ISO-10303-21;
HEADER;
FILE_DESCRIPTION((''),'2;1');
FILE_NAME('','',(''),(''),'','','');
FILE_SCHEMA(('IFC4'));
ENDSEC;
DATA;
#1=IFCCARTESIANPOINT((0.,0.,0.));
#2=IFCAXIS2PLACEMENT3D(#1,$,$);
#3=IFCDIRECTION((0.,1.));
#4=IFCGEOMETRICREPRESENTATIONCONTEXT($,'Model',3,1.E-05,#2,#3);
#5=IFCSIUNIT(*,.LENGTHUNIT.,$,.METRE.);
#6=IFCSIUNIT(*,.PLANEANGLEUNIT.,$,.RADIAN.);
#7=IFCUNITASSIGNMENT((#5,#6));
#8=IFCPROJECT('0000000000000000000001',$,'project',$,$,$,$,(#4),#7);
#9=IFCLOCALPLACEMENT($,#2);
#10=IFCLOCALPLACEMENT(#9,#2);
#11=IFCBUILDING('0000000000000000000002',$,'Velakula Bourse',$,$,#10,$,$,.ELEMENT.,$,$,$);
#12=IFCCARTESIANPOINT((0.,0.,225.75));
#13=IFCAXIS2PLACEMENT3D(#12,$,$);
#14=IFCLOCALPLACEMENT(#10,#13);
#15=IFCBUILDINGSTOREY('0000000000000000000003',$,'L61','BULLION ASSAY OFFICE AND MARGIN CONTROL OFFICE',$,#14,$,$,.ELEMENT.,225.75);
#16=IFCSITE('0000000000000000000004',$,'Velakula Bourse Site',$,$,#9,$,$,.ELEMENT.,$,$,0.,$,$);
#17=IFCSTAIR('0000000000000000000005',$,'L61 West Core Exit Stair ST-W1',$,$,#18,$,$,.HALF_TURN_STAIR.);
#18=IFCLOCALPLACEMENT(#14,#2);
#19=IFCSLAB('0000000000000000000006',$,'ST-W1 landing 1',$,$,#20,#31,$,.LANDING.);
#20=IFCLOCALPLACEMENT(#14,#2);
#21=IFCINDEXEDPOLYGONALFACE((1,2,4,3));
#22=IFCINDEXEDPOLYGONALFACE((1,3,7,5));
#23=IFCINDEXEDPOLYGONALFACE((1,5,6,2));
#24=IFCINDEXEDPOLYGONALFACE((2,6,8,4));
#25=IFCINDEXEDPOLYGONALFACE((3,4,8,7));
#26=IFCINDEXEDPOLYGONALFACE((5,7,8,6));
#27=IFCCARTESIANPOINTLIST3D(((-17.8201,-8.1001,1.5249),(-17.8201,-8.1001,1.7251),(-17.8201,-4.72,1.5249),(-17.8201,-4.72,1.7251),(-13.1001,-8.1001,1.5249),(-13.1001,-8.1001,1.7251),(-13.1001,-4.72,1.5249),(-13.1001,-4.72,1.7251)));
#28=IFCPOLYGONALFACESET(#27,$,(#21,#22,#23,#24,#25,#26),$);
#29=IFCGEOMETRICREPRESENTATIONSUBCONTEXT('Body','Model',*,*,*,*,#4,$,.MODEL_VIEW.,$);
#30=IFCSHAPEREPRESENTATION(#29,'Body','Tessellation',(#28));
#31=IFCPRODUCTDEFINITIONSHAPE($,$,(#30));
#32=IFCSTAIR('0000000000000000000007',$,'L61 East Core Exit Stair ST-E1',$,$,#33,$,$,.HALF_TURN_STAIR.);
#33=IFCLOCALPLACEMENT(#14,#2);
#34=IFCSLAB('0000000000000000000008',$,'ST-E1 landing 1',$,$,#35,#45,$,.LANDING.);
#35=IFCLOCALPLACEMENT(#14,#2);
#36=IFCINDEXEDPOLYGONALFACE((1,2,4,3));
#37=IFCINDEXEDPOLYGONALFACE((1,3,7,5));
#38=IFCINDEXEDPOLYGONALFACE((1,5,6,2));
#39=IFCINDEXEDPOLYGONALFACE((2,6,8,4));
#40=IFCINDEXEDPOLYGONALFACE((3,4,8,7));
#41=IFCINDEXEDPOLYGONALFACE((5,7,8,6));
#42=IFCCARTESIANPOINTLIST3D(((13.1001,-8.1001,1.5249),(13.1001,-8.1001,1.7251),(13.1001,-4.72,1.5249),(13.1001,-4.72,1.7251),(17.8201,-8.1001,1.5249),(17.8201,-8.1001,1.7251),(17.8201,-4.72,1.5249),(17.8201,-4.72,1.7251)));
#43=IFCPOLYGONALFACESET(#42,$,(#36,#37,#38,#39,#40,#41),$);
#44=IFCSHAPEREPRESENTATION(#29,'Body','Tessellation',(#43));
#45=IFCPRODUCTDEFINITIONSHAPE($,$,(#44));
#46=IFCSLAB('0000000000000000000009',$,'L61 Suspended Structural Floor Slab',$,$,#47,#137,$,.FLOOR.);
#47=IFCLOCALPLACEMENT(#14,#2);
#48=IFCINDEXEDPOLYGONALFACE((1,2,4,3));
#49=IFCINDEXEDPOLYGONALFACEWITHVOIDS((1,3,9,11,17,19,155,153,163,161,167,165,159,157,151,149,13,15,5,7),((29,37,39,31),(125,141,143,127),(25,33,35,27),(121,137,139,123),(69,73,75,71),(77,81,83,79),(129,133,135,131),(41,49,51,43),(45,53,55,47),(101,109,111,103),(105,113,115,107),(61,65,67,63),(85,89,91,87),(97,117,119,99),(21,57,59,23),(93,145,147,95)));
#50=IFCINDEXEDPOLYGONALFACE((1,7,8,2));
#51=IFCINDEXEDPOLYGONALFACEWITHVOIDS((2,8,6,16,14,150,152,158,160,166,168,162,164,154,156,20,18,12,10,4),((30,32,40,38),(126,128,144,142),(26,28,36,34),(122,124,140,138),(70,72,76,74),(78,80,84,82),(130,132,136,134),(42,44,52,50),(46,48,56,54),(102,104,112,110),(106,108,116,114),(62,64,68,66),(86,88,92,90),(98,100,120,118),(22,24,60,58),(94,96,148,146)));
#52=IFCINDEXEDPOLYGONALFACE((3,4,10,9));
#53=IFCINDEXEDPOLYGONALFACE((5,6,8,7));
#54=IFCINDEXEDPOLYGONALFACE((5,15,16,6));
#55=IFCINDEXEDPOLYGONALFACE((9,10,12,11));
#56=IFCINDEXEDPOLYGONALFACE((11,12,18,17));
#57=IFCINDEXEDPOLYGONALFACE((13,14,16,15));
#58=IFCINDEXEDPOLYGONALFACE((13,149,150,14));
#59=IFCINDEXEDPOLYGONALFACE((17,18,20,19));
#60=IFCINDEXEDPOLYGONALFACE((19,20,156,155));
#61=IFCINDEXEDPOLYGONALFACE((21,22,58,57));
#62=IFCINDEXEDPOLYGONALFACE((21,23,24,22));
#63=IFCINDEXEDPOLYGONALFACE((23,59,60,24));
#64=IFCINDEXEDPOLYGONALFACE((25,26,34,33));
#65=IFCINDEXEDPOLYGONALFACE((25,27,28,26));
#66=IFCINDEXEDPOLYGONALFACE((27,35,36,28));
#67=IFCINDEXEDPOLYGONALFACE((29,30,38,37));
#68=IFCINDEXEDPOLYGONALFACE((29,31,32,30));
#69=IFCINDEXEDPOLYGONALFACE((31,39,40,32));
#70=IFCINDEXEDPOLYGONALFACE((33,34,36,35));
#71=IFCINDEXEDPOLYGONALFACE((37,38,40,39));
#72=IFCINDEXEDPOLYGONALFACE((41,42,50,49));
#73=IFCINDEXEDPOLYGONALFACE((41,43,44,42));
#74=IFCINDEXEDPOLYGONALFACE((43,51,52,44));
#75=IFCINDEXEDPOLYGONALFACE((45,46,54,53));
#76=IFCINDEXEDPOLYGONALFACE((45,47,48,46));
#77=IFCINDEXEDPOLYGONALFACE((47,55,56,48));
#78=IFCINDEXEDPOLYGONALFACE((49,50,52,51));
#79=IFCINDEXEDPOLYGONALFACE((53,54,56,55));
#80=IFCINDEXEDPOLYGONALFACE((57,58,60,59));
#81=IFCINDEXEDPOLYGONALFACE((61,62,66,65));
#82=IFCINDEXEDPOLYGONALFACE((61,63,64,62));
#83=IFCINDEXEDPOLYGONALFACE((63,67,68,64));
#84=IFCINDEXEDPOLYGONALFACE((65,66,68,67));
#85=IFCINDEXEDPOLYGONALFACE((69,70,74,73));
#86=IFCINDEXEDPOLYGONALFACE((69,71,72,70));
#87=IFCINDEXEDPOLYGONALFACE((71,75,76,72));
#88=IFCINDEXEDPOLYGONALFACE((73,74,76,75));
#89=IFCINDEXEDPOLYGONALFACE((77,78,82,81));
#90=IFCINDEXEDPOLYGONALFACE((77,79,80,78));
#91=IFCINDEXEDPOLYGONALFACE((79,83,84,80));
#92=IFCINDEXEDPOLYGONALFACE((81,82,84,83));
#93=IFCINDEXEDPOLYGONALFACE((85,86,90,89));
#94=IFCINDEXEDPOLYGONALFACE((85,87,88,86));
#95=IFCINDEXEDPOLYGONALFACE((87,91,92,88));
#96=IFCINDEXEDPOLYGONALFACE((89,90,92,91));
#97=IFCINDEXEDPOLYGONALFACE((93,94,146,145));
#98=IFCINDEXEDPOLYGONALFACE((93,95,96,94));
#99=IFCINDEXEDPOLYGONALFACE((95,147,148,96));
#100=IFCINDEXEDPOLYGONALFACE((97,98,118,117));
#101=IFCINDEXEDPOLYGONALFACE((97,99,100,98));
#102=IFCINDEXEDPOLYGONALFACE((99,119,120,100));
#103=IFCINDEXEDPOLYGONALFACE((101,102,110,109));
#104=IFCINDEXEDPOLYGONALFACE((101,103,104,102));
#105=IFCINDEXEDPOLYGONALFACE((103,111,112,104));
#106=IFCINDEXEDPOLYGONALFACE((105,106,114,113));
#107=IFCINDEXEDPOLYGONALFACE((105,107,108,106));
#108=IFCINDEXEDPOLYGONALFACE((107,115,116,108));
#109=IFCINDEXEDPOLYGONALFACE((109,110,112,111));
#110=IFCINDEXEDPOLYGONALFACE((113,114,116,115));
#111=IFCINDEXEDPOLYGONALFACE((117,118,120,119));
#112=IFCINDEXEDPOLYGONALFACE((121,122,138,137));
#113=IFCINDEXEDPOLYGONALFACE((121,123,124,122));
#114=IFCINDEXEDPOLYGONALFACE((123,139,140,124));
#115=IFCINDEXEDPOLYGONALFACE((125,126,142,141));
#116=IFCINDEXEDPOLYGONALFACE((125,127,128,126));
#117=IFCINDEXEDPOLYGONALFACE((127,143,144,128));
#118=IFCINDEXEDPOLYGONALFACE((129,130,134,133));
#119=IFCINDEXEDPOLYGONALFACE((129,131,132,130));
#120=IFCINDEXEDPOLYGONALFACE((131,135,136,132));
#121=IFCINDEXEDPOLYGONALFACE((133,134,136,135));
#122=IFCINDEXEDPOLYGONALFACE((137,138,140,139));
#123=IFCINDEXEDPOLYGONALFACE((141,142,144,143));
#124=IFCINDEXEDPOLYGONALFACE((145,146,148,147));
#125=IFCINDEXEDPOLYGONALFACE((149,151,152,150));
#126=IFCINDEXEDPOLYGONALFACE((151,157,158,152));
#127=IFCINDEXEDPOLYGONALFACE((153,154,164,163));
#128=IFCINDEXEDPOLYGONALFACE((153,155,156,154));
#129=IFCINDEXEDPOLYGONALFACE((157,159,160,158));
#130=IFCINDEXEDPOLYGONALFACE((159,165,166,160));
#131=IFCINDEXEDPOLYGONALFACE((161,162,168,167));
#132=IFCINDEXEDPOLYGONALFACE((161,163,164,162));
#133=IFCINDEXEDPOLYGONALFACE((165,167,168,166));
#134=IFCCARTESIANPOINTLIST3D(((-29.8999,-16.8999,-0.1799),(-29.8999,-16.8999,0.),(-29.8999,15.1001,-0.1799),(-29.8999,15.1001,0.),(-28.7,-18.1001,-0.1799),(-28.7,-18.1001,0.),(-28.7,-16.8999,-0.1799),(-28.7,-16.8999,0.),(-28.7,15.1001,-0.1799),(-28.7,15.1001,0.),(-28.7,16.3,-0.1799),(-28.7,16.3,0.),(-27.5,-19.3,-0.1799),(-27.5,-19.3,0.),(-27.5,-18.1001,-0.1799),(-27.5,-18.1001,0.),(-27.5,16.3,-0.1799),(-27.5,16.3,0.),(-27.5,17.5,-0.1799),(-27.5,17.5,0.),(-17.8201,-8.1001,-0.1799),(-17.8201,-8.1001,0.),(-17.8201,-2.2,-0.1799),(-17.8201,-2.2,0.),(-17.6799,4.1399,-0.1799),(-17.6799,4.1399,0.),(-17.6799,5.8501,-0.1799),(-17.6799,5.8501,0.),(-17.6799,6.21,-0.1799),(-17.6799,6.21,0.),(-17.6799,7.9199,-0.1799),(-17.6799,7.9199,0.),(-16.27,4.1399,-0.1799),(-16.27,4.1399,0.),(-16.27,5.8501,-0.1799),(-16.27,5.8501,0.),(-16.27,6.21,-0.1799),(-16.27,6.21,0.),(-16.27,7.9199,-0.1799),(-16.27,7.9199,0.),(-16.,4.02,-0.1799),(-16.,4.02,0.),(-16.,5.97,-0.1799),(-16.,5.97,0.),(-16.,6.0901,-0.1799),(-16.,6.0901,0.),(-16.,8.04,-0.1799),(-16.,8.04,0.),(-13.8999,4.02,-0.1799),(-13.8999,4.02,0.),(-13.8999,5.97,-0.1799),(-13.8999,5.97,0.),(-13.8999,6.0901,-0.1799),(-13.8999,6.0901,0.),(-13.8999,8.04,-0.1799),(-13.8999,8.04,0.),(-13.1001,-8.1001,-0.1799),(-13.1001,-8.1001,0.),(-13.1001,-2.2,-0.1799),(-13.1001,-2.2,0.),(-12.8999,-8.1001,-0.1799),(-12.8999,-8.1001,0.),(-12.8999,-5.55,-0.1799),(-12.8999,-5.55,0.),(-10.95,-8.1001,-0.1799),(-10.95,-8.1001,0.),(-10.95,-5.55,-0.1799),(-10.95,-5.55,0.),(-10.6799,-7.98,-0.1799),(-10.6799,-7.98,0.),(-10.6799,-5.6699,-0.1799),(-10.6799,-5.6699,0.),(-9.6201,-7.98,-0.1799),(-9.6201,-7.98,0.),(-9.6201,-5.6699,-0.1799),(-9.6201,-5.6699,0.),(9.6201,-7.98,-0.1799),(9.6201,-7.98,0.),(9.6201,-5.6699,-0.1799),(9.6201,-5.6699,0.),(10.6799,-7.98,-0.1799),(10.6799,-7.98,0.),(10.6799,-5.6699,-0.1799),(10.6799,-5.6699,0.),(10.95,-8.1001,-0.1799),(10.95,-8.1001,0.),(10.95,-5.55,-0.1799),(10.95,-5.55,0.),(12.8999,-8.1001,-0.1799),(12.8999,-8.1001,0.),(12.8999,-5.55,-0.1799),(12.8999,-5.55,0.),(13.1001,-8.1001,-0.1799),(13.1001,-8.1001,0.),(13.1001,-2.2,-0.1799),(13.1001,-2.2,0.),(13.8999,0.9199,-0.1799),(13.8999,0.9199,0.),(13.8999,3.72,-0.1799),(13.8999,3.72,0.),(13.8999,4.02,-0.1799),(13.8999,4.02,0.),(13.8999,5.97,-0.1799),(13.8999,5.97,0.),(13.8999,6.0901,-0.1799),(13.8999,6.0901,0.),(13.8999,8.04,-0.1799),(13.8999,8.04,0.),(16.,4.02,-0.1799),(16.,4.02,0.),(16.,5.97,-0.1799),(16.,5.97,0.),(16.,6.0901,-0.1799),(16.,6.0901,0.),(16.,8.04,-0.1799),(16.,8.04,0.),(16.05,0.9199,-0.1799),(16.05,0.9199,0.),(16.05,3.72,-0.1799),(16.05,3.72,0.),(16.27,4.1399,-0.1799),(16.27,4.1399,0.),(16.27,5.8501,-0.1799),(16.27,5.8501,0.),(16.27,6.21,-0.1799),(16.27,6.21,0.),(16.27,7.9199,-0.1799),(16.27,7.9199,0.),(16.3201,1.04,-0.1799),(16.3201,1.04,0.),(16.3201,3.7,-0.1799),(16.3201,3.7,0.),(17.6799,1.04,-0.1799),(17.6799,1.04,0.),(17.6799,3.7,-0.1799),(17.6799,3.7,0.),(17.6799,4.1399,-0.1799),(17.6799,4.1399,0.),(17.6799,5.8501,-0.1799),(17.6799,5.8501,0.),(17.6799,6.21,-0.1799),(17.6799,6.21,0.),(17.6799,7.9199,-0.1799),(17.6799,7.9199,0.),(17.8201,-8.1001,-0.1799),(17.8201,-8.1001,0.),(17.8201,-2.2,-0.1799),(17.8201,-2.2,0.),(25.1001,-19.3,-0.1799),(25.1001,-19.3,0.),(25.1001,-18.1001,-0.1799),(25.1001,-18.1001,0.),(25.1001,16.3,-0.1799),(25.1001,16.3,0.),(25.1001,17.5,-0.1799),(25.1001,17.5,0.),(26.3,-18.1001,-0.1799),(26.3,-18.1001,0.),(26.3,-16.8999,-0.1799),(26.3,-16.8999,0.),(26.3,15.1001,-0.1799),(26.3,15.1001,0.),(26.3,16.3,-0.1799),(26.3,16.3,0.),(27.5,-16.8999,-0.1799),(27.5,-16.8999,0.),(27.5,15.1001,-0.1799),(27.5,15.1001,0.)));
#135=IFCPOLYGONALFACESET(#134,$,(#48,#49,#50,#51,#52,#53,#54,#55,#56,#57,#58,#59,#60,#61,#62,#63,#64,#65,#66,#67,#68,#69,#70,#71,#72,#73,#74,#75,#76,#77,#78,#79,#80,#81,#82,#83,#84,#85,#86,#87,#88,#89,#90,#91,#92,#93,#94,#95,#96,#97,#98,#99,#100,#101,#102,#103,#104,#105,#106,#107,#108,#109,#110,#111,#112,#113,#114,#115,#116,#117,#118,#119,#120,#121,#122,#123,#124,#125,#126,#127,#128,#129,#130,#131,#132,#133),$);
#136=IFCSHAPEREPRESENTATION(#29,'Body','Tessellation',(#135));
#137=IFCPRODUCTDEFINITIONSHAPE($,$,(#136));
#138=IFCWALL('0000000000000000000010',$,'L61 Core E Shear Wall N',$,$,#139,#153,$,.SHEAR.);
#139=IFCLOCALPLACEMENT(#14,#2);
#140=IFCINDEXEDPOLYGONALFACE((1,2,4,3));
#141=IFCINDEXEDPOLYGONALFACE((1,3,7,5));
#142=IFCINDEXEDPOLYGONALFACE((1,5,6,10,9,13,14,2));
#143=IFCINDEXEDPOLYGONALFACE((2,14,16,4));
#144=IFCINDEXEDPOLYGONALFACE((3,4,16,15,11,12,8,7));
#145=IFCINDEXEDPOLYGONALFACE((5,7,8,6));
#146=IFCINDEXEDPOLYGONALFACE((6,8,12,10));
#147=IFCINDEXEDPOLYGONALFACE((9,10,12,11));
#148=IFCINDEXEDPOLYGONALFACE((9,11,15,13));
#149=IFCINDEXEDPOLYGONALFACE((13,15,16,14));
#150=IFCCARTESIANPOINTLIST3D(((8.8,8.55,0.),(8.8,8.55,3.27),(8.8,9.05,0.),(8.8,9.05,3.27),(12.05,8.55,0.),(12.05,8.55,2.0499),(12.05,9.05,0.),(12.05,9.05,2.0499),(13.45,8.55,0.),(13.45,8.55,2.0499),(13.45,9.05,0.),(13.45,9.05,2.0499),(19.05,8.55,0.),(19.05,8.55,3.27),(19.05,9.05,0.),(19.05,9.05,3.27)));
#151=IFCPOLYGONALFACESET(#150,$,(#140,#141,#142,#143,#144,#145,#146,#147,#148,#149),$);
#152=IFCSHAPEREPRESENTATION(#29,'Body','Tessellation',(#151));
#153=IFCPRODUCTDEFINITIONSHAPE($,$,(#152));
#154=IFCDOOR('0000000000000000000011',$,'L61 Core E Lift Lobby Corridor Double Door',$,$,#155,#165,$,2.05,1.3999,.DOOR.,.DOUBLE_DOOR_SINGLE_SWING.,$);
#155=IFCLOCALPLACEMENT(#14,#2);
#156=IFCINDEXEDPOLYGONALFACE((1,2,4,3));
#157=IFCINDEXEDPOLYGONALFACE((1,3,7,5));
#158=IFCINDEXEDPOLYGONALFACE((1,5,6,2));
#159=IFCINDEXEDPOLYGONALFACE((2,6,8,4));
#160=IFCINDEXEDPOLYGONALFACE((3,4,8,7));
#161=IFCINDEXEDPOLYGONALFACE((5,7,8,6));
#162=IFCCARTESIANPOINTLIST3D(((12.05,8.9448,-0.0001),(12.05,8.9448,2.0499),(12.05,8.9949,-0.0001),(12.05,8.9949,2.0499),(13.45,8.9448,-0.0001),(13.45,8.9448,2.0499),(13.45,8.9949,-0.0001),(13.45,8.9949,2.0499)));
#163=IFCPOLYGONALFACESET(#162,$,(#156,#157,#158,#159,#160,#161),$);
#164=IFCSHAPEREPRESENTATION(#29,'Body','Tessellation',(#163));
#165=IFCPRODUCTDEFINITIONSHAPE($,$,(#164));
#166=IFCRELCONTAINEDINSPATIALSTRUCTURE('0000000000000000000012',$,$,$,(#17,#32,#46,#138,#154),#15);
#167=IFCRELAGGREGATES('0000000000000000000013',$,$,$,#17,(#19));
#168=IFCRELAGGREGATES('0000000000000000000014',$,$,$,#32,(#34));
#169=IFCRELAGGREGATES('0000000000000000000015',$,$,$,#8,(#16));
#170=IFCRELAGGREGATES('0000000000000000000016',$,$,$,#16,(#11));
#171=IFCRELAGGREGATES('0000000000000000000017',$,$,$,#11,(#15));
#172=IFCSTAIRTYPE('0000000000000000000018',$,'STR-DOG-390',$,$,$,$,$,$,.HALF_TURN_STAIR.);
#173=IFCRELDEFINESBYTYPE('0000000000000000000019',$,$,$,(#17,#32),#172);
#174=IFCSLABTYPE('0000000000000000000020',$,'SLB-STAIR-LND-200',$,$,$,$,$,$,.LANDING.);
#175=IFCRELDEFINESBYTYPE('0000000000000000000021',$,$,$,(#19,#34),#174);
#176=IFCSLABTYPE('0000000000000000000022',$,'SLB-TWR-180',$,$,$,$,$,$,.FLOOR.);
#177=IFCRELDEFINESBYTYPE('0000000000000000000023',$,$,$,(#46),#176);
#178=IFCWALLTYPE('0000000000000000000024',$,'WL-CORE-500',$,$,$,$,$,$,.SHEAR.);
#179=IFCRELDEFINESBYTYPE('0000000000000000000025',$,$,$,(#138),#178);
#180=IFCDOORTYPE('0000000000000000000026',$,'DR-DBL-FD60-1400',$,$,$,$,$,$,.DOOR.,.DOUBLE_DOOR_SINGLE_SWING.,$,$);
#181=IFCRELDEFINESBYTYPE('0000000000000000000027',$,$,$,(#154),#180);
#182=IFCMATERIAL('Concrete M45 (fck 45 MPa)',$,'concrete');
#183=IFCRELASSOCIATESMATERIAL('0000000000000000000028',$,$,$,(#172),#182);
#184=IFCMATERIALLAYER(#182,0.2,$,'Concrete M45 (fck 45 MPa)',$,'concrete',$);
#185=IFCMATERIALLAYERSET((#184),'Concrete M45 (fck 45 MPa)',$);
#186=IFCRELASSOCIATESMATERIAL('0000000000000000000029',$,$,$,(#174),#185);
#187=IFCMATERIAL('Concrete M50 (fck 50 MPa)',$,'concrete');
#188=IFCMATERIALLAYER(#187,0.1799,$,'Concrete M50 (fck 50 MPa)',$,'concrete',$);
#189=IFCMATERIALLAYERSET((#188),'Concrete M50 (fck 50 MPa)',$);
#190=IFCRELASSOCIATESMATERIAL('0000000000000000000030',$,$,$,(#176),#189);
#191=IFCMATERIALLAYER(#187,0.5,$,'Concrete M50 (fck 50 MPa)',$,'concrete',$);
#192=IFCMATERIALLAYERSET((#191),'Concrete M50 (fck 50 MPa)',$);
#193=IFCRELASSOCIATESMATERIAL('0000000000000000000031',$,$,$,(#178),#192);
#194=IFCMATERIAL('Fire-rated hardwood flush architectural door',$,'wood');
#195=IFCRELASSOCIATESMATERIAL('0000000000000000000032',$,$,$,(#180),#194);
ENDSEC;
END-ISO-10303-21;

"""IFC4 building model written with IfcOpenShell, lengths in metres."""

from ifc_helpers import new_model, si_unit, direction, frame, frame_2d, origin, place, context, subcontext, project, spatial, polyline, rectangle, outline, extrude, material, layer, layer_set, type_object, element, fill, aggregate, save


model = new_model("IFC4")

# Units and contexts
model_context = context("Model", 3, precision=1e-05, world=origin(), true_north=direction((0.0, 1.0)))
body_context = subcontext(model_context, "Body", "Model", "MODEL_VIEW")
ifc_project = project(units=[si_unit("LENGTHUNIT", "METRE"), si_unit("PLANEANGLEUNIT", "RADIAN")], contexts=[model_context])

# Site, building, storey
site_placement = place(None, origin())
site = spatial("IfcSite", under=ifc_project, at=site_placement, Name="Velakula Bourse Site", CompositionType="ELEMENT", RefElevation=0.0)
building_placement = place(site_placement, origin())
building = spatial("IfcBuilding", under=site, at=building_placement, Name="Velakula Bourse", CompositionType="ELEMENT")
storey_placement = place(building_placement, frame((0.0, 0.0, 225.75)))
storey = spatial("IfcBuildingStorey", under=building, at=storey_placement, Name="L61", Description="BULLION ASSAY OFFICE AND MARGIN CONTROL OFFICE", CompositionType="ELEMENT", Elevation=225.75)

# Shared definitions
ifc_material_1 = material(Name="Concrete M50 (fck 50 MPa)", Category="concrete")

# Stairs, slabs
ifc_material_2 = material(Name="Concrete M45 (fck 45 MPa)", Category="concrete")
stair_type = type_object("IfcStairType", Name="STR-DOG-390", PredefinedType="HALF_TURN_STAIR", material=ifc_material_2)
stair_1_placement = place(storey_placement, origin())
stair_1 = element("IfcStair", 1, at=stair_1_placement, inside=storey, type_object=stair_type, Name="L61 West Core Exit Stair ST-W1", PredefinedType="HALF_TURN_STAIR")
ifc_layer_1 = layer(ifc_material_2, 0.2, Name="Concrete M45 (fck 45 MPa)", Category="concrete")
ifc_layer_set_1 = layer_set([ifc_layer_1], Name="Concrete M45 (fck 45 MPa)")
slab_type_1 = type_object("IfcSlabType", Name="SLB-STAIR-LND-200", PredefinedType="LANDING", material=ifc_layer_set_1)
slab_1_placement = place(storey_placement, frame((0.0, 0.0, 1.5249)))
slab_1 = element("IfcSlab", 2, at=slab_1_placement, type_object=slab_type_1, Name="ST-W1 landing 1", PredefinedType="LANDING", context=body_context, shape_type="SweptSolid", body=[
    extrude(outline(polyline([(-17.8201, -4.72), (-17.8201, -8.1001), (-13.1001, -8.1001), (-13.1001, -4.72), (-17.8201, -4.72)])), origin(), (0.0, 0.0, 1.0), 0.2002),
])
aggregate(stair_1, [slab_1])
stair_2_placement = place(storey_placement, origin())
stair_2 = element("IfcStair", 3, at=stair_2_placement, inside=storey, type_object=stair_type, Name="L61 East Core Exit Stair ST-E1", PredefinedType="HALF_TURN_STAIR")
slab_2_placement = place(storey_placement, frame((0.0, 0.0, 1.5249)))
slab_2 = element("IfcSlab", 4, at=slab_2_placement, type_object=slab_type_1, Name="ST-E1 landing 1", PredefinedType="LANDING", context=body_context, shape_type="SweptSolid", body=[
    extrude(outline(polyline([(13.1001, -4.72), (13.1001, -8.1001), (17.8201, -8.1001), (17.8201, -4.72), (13.1001, -4.72)])), origin(), (0.0, 0.0, 1.0), 0.2002),
])
aggregate(stair_2, [slab_2])

# Slab
ifc_layer_2 = layer(ifc_material_1, 0.1799, Name="Concrete M50 (fck 50 MPa)", Category="concrete")
ifc_layer_set_2 = layer_set([ifc_layer_2], Name="Concrete M50 (fck 50 MPa)")
slab_type_2 = type_object("IfcSlabType", Name="SLB-TWR-180", PredefinedType="FLOOR", material=ifc_layer_set_2)
slab_3_placement = place(storey_placement, frame((0.0, 0.0, -0.1799)))
element("IfcSlab", 5, at=slab_3_placement, inside=storey, type_object=slab_type_2, Name="L61 Suspended Structural Floor Slab", PredefinedType="FLOOR", context=body_context, shape_type="SweptSolid", body=[
    extrude(outline(polyline([(-27.5, -19.3), (25.1001, -19.3), (25.1001, -18.1001), (26.3, -18.1001), (26.3, -16.8999), (27.5, -16.8999), (27.5, 15.1001), (26.3, 15.1001), (26.3, 16.3), (25.1001, 16.3), (25.1001, 17.5), (-27.5, 17.5), (-27.5, 16.3), (-28.7, 16.3), (-28.7, 15.1001), (-29.8999, 15.1001), (-29.8999, -16.8999), (-28.7, -16.8999), (-28.7, -18.1001), (-27.5, -18.1001), (-27.5, -19.3)]), holes=[polyline([(-17.8201, -8.1001), (-13.1001, -8.1001), (-13.1001, -2.2), (-17.8201, -2.2), (-17.8201, -8.1001)]), polyline([(13.1001, -8.1001), (17.8201, -8.1001), (17.8201, -2.2), (13.1001, -2.2), (13.1001, -8.1001)]), polyline([(-12.8999, -8.1001), (-10.95, -8.1001), (-10.95, -5.55), (-12.8999, -5.55), (-12.8999, -8.1001)]), polyline([(10.95, -8.1001), (12.8999, -8.1001), (12.8999, -5.55), (10.95, -5.55), (10.95, -8.1001)]), polyline([(13.8999, 0.9199), (16.05, 0.9199), (16.05, 3.72), (13.8999, 3.72), (13.8999, 0.9199)]), polyline([(-10.6799, -7.98), (-9.6201, -7.98), (-9.6201, -5.6699), (-10.6799, -5.6699), (-10.6799, -7.98)]), polyline([(-17.6799, 4.1399), (-16.27, 4.1399), (-16.27, 5.8501), (-17.6799, 5.8501), (-17.6799, 4.1399)]), polyline([(-17.6799, 6.21), (-16.27, 6.21), (-16.27, 7.9199), (-17.6799, 7.9199), (-17.6799, 6.21)]), polyline([(9.6201, -7.98), (10.6799, -7.98), (10.6799, -5.6699), (9.6201, -5.6699), (9.6201, -7.98)]), polyline([(16.27, 4.1399), (17.6799, 4.1399), (17.6799, 5.8501), (16.27, 5.8501), (16.27, 4.1399)]), polyline([(16.27, 6.21), (17.6799, 6.21), (17.6799, 7.9199), (16.27, 7.9199), (16.27, 6.21)]), polyline([(16.3201, 1.04), (17.6799, 1.04), (17.6799, 3.7), (16.3201, 3.7), (16.3201, 1.04)]), polyline([(-16.0, 4.02), (-13.8999, 4.02), (-13.8999, 5.97), (-16.0, 5.97), (-16.0, 4.02)]), polyline([(-16.0, 6.0901), (-13.8999, 6.0901), (-13.8999, 8.04), (-16.0, 8.04), (-16.0, 6.0901)]), polyline([(13.8999, 4.02), (16.0, 4.02), (16.0, 5.97), (13.8999, 5.97), (13.8999, 4.02)]), polyline([(13.8999, 6.0901), (16.0, 6.0901), (16.0, 8.04), (13.8999, 8.04), (13.8999, 6.0901)])]), origin(), (0.0, 0.0, 1.0), 0.1799),
])

# Wall, opening, door
ifc_layer_3 = layer(ifc_material_1, 0.5, Name="Concrete M50 (fck 50 MPa)", Category="concrete")
ifc_layer_set_3 = layer_set([ifc_layer_3], Name="Concrete M50 (fck 50 MPa)")
wall_type_1 = type_object("IfcWallType", Name="WL-CORE-500", PredefinedType="SHEAR", material=ifc_layer_set_3)
wall_1_placement = place(storey_placement, frame((8.8, 8.8, 0.0), z_axis=(0.0, 0.0, 1.0), x_axis=(1.0, 0.0, 0.0)))
wall_1 = element("IfcWall", 6, at=wall_1_placement, inside=storey, type_object=wall_type_1, Name="L61 Core E Shear Wall N", PredefinedType="SHEAR", context=body_context, shape_type="SweptSolid", body=[
    extrude(rectangle(XDim=10.25, YDim=0.5, at=frame_2d((5.125, 0.0))), origin(), (0.0, 0.0, 1.0), 3.27),
])
opening_1_placement = place(wall_1_placement, frame((3.25, 0.0, 0.0)))
opening_1 = element("IfcOpeningElement", 7, at=opening_1_placement, cuts=wall_1, PredefinedType="OPENING", context=body_context, shape_type="SweptSolid", body=[
    extrude(rectangle(XDim=1.3999, YDim=2.05, at=frame_2d((0.7, 1.0249))), frame((0.0, 0.26, 0.0), z_axis=(0.0, -1.0, 0.0), x_axis=(1.0, 0.0, 0.0)), (0.0, 0.0, 1.0), 0.52),
])
ifc_material_3 = material(Name="Fire-rated hardwood flush architectural door", Category="wood")
door_type = type_object("IfcDoorType", Name="DR-DBL-FD60-1400", OperationType="DOUBLE_DOOR_SINGLE_SWING", PredefinedType="DOOR", material=ifc_material_3)
door_placement = place(opening_1_placement, origin())
door = element("IfcDoor", 8, at=door_placement, inside=storey, type_object=door_type, Name="L61 Core E Lift Lobby Corridor Double Door", OperationType="DOUBLE_DOOR_SINGLE_SWING", OverallHeight=2.05, OverallWidth=1.3999, PredefinedType="DOOR", context=body_context, shape_type="SweptSolid", body=[
    extrude(rectangle(XDim=1.3999, YDim=2.05, at=frame_2d((0.7, 1.0249))), frame((0.0, 0.1948, 0.0), z_axis=(0.0, -1.0, 0.0), x_axis=(1.0, 0.0, 0.0)), (0.0, 0.0, 1.0), 0.05),
])
fill(opening_1, door)

save(model, "model.ifc")
